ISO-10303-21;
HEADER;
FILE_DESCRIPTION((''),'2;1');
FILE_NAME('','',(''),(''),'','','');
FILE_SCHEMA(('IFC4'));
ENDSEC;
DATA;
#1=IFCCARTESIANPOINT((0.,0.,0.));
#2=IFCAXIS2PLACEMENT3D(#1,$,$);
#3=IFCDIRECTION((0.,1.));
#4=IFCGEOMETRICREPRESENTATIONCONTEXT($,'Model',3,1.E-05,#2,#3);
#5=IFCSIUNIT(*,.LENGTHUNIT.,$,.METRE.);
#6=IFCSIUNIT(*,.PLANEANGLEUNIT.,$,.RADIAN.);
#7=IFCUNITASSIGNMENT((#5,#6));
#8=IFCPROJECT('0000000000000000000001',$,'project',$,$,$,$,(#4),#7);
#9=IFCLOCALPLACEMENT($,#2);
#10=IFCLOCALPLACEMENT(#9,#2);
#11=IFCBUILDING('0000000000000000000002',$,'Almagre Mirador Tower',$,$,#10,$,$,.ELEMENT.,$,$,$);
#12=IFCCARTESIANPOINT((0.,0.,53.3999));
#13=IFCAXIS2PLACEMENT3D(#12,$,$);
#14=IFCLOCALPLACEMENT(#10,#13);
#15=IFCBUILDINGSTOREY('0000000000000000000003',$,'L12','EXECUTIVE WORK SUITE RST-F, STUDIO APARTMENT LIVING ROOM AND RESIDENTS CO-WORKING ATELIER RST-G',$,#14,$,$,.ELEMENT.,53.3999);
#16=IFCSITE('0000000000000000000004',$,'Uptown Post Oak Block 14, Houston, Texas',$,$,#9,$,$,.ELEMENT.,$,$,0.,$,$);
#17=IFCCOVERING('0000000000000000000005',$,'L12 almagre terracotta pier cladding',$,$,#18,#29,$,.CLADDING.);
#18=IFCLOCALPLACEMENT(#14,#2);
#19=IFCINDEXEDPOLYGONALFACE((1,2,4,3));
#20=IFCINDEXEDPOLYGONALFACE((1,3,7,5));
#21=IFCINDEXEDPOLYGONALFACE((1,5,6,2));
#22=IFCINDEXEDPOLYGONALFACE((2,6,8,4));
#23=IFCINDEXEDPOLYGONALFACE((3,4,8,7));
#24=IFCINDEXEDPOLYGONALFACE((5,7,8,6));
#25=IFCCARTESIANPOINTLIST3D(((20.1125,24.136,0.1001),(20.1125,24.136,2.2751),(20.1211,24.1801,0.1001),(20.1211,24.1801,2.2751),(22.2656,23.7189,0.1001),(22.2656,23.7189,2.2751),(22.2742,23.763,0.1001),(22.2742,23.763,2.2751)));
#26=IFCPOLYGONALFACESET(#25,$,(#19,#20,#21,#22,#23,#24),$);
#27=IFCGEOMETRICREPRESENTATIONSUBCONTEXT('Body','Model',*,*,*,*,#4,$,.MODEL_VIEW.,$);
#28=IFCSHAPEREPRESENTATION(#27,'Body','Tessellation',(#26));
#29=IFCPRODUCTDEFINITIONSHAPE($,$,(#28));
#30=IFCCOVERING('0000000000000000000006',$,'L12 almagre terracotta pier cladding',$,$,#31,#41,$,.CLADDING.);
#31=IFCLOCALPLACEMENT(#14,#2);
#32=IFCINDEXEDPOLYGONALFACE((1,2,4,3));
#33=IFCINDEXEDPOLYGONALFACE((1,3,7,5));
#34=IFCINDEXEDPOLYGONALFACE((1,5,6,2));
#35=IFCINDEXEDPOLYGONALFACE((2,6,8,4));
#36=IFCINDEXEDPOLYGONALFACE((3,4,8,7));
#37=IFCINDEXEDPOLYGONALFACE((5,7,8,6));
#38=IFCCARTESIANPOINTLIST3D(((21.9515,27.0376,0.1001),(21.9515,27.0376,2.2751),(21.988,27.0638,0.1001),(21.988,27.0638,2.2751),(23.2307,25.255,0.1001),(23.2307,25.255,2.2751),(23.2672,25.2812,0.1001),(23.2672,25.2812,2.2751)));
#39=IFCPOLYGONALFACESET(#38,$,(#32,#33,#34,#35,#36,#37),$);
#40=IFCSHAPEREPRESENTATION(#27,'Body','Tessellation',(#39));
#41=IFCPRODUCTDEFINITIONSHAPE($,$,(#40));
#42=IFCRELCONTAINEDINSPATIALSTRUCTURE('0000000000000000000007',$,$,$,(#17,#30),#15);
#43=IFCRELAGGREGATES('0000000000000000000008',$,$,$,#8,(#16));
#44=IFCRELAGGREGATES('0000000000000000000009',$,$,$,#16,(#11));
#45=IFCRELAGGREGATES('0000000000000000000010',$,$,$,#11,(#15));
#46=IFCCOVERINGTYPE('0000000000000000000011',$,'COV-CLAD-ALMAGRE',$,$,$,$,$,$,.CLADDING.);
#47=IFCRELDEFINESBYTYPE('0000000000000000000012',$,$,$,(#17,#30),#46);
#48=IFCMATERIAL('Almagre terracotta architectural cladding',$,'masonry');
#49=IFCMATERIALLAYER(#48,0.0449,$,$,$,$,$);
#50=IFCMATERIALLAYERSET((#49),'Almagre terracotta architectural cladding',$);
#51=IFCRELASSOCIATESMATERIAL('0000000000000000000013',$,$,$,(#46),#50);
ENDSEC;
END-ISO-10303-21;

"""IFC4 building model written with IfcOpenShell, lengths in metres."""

from ifc_helpers import new_model, si_unit, direction, frame, origin, origin_2d, place, context, subcontext, project, spatial, rectangle, extrude, material, layer, layer_set, type_object, element, save


model = new_model("IFC4")

# Units and contexts
model_context = context("Model", 3, precision=1e-05, world=origin(), true_north=direction((0.0, 1.0)))
body_context = subcontext(model_context, "Body", "Model", "MODEL_VIEW")
ifc_project = project(units=[si_unit("LENGTHUNIT", "METRE"), si_unit("PLANEANGLEUNIT", "RADIAN")], contexts=[model_context])

# Site, building, storey
site_placement = place(None, origin())
site = spatial("IfcSite", under=ifc_project, at=site_placement, Name="Uptown Post Oak Block 14, Houston, Texas", CompositionType="ELEMENT", RefElevation=0.0)
building_placement = place(site_placement, origin())
building = spatial("IfcBuilding", under=site, at=building_placement, Name="Almagre Mirador Tower", CompositionType="ELEMENT")
storey_placement = place(building_placement, frame((0.0, 0.0, 53.3999)))
storey = spatial("IfcBuildingStorey", under=building, at=storey_placement, Name="L12", Description="EXECUTIVE WORK SUITE RST-F, STUDIO APARTMENT LIVING ROOM AND RESIDENTS CO-WORKING ATELIER RST-G", CompositionType="ELEMENT", Elevation=53.3999)

# Coverings
ifc_material_1 = material(Name="Almagre terracotta architectural cladding", Category="masonry")
ifc_layer_1 = layer(ifc_material_1, 0.0449)
ifc_layer_set_1 = layer_set([ifc_layer_1], Name="Almagre terracotta architectural cladding")
covering_type = type_object("IfcCoveringType", Name="COV-CLAD-ALMAGRE", PredefinedType="CLADDING", material=ifc_layer_set_1)
covering_1_placement = place(storey_placement, frame((21.1934, 23.9495, 0.1001), z_axis=(0.0, 0.0, 1.0), x_axis=(0.981747, -0.190192, 0.0)))
element("IfcCovering", 1, at=covering_1_placement, inside=storey, type_object=covering_type, Name="L12 almagre terracotta pier cladding", PredefinedType="CLADDING", context=body_context, shape_type="SweptSolid", body=[
    extrude(rectangle(XDim=2.1931, YDim=0.0449, at=origin_2d()), origin(), (0.0, 0.0, 1.0), 2.175),
])
covering_2_placement = place(storey_placement, frame((22.6094, 26.1594, 0.1001), z_axis=(0.0, 0.0, 1.0), x_axis=(-0.583002, 0.81247, 0.0)))
element("IfcCovering", 2, at=covering_2_placement, inside=storey, type_object=covering_type, Name="L12 almagre terracotta pier cladding", PredefinedType="CLADDING", context=body_context, shape_type="SweptSolid", body=[
    extrude(rectangle(XDim=2.1941, YDim=0.0449, at=origin_2d()), origin(), (0.0, 0.0, 1.0), 2.175),
])

save(model, "model.ifc")
